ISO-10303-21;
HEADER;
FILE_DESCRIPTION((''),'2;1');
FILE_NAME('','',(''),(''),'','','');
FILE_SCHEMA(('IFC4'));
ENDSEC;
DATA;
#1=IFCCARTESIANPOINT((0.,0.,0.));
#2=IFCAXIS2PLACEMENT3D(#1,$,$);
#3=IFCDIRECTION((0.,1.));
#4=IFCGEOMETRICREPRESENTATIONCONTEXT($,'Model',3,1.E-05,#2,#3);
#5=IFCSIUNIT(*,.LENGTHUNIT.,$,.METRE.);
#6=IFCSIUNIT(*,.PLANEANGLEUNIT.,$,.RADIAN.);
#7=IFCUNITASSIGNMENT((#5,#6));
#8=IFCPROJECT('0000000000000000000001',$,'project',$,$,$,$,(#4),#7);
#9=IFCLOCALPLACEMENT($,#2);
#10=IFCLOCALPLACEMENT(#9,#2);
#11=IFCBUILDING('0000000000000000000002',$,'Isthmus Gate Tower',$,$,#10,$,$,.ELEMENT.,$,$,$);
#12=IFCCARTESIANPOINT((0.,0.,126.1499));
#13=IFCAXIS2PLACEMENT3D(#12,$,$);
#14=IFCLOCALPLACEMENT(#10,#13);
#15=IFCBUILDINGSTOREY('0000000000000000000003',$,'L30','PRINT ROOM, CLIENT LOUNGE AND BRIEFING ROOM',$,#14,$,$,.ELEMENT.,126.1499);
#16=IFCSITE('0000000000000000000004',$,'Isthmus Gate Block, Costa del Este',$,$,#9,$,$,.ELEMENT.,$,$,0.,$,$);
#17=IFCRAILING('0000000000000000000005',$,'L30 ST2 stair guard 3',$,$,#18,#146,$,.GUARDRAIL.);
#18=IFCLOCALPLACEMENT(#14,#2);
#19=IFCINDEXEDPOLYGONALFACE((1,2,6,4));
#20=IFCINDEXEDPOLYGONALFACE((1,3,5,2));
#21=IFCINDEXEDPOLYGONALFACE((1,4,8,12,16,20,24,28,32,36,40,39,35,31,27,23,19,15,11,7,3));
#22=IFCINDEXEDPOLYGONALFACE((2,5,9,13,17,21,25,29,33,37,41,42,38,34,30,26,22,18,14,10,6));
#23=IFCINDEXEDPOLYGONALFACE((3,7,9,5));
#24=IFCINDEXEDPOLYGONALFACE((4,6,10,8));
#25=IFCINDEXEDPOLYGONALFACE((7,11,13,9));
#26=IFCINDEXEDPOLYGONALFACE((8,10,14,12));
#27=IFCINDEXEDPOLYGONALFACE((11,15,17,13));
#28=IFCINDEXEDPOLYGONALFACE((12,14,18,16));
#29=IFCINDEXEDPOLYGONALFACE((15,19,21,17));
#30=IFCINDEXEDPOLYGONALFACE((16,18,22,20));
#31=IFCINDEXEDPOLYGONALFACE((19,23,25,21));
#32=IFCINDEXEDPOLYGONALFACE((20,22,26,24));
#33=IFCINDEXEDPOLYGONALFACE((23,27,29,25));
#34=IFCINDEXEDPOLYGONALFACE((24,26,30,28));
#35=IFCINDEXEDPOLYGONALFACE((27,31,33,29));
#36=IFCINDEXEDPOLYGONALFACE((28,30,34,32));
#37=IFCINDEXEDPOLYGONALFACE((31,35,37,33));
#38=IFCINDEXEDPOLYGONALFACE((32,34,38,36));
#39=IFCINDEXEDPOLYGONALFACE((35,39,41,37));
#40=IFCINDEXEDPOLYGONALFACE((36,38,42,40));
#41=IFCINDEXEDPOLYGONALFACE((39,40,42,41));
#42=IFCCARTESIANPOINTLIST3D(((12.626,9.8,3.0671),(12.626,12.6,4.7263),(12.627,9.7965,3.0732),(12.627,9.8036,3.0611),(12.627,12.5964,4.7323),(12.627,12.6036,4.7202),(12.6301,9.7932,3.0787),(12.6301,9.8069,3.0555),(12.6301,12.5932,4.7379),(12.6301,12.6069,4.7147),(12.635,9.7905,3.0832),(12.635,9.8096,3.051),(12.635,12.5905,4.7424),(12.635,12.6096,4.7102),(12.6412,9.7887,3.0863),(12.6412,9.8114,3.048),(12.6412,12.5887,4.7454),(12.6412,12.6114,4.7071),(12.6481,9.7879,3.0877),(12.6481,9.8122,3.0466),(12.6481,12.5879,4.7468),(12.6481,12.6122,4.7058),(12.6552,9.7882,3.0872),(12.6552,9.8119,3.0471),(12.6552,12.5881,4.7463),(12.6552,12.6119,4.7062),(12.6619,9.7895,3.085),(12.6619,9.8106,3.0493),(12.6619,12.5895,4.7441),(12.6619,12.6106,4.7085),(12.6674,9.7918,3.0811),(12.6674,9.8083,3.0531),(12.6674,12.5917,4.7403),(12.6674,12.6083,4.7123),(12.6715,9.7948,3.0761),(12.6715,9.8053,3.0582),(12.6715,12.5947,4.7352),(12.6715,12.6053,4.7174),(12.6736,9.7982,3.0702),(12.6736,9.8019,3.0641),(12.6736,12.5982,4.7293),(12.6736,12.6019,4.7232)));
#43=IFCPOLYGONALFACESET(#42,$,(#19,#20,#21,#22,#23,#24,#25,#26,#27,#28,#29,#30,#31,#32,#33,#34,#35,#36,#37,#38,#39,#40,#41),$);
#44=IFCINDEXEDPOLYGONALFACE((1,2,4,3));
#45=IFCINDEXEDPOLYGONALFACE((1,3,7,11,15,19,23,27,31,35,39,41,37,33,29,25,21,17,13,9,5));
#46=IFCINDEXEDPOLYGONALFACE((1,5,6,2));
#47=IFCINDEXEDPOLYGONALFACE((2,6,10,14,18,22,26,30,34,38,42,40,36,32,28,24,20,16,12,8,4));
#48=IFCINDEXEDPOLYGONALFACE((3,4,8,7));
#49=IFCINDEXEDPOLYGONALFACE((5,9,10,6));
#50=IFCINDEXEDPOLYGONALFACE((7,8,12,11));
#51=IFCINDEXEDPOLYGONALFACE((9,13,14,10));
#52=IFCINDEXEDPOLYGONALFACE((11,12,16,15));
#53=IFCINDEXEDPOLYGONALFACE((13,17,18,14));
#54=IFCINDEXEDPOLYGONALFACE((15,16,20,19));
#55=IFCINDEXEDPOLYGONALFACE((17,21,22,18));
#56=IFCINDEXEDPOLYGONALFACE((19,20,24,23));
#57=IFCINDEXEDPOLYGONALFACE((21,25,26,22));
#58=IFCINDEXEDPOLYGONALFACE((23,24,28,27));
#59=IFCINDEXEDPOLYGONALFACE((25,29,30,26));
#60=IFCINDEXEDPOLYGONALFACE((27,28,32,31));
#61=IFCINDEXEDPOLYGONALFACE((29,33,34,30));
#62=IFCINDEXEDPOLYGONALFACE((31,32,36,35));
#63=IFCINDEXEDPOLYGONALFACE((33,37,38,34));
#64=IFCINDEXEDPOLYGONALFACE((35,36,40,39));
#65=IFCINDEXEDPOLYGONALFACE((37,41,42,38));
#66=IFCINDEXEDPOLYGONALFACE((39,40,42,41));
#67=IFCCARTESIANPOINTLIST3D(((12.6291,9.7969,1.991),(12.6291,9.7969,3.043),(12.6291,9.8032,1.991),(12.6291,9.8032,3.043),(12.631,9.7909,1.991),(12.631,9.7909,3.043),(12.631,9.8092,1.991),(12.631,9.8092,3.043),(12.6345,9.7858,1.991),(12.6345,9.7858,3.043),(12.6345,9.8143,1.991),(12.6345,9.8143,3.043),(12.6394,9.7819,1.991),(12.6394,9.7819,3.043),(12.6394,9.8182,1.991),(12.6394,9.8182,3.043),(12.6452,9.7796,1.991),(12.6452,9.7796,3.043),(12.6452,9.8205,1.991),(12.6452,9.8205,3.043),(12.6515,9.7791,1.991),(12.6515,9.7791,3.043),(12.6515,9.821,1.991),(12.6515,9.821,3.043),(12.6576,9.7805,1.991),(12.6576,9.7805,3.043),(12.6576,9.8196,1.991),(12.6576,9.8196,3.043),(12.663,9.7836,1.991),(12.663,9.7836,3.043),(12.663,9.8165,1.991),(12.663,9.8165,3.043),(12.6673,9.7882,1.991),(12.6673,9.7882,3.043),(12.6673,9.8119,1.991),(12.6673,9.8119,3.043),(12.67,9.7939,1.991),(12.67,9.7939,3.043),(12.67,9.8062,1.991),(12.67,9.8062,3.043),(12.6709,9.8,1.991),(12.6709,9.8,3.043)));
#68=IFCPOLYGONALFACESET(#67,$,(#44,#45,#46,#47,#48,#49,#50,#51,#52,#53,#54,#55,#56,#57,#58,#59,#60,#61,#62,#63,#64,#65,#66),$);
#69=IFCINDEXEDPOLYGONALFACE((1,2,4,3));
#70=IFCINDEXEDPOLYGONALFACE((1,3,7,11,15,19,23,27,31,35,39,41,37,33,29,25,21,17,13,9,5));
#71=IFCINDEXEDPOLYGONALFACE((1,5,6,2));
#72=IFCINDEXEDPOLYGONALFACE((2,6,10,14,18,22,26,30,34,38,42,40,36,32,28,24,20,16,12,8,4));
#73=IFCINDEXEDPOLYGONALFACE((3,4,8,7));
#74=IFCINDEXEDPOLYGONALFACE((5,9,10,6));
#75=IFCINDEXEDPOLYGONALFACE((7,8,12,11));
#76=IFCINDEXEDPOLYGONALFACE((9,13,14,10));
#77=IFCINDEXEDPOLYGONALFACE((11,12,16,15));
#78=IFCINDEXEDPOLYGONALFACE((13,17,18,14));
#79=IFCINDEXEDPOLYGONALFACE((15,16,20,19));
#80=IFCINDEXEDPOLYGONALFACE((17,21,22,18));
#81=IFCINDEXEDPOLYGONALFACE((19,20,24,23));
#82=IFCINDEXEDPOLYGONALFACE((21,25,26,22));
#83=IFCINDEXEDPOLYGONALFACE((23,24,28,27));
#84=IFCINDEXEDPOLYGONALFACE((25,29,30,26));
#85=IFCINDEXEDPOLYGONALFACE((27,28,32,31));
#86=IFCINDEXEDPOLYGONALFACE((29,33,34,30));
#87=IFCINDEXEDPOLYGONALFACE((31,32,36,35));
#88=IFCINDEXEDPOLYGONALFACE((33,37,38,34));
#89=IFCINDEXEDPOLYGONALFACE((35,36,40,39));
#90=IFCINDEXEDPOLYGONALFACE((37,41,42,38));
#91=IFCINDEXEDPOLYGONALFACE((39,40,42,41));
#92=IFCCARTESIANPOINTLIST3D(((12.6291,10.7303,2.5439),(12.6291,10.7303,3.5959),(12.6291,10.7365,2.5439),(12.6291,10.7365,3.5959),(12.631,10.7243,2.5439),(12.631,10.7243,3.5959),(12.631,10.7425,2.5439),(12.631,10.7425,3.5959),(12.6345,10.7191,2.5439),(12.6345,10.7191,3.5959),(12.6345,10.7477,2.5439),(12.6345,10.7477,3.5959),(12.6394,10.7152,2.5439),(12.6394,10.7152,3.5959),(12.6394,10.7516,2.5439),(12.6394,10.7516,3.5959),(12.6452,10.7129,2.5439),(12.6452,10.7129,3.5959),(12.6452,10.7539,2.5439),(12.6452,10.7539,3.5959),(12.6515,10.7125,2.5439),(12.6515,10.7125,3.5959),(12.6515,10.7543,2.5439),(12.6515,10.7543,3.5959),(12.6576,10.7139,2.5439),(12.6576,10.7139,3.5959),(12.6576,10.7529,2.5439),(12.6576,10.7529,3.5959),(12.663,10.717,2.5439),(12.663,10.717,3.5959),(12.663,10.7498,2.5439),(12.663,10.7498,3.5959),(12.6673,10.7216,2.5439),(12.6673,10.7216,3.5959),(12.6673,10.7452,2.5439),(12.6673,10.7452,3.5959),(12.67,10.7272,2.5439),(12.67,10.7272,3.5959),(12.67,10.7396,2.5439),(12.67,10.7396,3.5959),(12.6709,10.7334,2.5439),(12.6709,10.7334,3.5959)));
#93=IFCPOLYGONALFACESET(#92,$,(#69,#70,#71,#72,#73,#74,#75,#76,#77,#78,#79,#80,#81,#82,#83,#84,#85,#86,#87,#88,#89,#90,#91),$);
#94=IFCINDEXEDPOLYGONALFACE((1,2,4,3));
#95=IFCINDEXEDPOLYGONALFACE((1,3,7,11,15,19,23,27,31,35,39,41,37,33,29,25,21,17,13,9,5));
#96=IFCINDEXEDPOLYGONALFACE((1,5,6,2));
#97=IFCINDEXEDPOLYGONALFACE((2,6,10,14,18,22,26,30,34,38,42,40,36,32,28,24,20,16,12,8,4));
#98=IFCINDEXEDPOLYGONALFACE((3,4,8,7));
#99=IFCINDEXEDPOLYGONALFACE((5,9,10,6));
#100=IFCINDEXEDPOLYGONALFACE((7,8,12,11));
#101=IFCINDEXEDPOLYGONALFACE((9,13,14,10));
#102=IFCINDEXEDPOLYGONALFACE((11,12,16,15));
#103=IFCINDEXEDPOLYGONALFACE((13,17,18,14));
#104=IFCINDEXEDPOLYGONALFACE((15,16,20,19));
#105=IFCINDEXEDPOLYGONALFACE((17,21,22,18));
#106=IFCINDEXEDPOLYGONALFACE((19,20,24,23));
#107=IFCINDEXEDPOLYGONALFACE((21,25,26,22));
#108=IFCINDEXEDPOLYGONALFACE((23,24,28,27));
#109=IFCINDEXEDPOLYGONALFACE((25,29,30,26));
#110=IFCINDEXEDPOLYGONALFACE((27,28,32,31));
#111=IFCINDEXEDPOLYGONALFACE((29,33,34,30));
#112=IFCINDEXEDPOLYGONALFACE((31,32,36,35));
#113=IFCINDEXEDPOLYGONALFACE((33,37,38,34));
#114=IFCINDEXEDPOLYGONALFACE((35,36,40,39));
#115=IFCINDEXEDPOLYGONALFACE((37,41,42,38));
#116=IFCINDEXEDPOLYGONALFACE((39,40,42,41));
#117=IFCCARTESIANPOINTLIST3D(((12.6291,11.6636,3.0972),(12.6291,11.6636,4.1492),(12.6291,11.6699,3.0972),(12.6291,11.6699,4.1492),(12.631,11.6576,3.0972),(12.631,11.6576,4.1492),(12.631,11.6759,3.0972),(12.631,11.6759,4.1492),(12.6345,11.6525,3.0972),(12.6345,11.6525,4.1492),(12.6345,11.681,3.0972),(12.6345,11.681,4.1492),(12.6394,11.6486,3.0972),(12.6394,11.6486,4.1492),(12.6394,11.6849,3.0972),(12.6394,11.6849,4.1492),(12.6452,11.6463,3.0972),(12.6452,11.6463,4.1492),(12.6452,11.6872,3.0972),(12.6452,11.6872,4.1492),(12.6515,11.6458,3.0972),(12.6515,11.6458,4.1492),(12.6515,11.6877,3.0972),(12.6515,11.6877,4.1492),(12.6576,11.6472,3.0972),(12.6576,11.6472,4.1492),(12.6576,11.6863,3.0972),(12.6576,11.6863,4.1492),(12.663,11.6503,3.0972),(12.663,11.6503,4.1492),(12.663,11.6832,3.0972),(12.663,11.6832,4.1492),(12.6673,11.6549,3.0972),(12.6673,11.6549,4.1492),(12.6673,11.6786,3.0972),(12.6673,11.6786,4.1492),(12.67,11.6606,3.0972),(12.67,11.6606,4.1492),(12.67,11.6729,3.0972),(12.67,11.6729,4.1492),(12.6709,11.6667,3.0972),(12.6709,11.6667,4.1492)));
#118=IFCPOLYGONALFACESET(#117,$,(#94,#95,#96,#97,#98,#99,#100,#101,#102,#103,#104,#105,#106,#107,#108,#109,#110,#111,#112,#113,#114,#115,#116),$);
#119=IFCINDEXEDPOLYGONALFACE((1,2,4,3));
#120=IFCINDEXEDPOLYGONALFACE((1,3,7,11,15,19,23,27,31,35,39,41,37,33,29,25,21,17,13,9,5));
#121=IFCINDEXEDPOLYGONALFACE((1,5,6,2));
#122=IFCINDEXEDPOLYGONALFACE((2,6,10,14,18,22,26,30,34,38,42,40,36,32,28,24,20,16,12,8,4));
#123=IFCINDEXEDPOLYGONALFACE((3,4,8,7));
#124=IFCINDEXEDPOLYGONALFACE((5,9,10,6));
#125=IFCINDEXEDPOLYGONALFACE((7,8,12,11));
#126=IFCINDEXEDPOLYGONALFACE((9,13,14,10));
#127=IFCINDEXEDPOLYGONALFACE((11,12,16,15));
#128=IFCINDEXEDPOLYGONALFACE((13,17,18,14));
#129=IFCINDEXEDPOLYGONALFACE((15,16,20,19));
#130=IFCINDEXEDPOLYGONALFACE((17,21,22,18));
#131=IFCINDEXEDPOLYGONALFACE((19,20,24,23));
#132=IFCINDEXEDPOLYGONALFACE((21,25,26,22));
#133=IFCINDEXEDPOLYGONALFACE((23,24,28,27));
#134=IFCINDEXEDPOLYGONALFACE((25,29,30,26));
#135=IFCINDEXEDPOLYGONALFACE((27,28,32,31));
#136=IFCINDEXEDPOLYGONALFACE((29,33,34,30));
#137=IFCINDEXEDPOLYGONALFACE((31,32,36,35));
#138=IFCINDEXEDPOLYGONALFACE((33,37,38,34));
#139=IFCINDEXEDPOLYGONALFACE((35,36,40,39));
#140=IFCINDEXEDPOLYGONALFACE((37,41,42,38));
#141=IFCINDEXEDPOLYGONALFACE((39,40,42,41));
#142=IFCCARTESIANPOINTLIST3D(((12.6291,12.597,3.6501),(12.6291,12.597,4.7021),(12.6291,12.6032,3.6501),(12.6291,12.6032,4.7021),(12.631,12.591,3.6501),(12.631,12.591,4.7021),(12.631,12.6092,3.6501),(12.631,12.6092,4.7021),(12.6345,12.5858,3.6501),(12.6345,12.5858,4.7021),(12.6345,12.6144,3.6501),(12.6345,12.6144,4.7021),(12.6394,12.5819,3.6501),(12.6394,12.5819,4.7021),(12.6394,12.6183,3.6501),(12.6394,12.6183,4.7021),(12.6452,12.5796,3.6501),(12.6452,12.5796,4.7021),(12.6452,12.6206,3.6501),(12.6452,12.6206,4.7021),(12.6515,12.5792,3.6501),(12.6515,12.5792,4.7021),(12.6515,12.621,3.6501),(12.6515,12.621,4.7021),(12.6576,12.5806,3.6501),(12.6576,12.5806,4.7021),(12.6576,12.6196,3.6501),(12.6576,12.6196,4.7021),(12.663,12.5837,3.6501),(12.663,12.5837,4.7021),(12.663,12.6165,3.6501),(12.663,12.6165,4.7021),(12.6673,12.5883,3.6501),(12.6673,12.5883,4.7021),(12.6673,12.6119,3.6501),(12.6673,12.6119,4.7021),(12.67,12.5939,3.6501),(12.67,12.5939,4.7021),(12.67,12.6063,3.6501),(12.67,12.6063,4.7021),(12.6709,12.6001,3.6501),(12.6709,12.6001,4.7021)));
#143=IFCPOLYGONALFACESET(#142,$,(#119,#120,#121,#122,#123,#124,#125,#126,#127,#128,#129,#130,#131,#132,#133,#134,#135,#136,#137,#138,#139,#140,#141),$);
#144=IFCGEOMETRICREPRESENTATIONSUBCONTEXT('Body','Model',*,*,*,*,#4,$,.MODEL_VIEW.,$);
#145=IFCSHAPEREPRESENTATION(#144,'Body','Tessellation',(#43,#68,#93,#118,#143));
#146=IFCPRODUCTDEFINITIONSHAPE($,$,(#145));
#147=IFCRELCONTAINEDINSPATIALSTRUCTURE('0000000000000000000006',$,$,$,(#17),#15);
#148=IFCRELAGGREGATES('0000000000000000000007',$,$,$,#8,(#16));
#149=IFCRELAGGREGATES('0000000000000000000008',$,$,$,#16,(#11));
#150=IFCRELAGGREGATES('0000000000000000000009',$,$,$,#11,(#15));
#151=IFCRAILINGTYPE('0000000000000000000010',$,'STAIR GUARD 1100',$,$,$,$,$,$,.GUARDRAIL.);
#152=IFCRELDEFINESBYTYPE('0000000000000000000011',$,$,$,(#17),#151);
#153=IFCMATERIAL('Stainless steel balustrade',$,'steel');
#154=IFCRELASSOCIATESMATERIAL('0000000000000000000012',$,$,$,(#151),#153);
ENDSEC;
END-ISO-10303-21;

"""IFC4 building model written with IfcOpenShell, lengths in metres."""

from ifc_helpers import new_model, si_unit, direction, frame, origin, origin_2d, place, context, subcontext, project, spatial, circle, extrude, material, type_object, element, save


model = new_model("IFC4")

# Units and contexts
model_context = context("Model", 3, precision=1e-05, world=origin(), true_north=direction((0.0, 1.0)))
body_context = subcontext(model_context, "Body", "Model", "MODEL_VIEW")
ifc_project = project(units=[si_unit("LENGTHUNIT", "METRE"), si_unit("PLANEANGLEUNIT", "RADIAN")], contexts=[model_context])

# Site, building, storey
site_placement = place(None, origin())
site = spatial("IfcSite", under=ifc_project, at=site_placement, Name="Isthmus Gate Block, Costa del Este", CompositionType="ELEMENT", RefElevation=0.0)
building_placement = place(site_placement, origin())
building = spatial("IfcBuilding", under=site, at=building_placement, Name="Isthmus Gate Tower", CompositionType="ELEMENT")
storey_placement = place(building_placement, frame((0.0, 0.0, 126.1499)))
storey = spatial("IfcBuildingStorey", under=building, at=storey_placement, Name="L30", Description="PRINT ROOM, CLIENT LOUNGE AND BRIEFING ROOM", CompositionType="ELEMENT", Elevation=126.1499)

# Railing
ifc_material_1 = material(Name="Stainless steel balustrade", Category="steel")
railing_type_1 = type_object("IfcRailingType", Name="STAIR GUARD 1100", PredefinedType="GUARDRAIL", material=ifc_material_1)
railing_1_placement = place(storey_placement, frame((12.6499, 9.8, 1.991)))
element("IfcRailing", 1, at=railing_1_placement, inside=storey, type_object=railing_type_1, Name="L30 ST2 stair guard 3", PredefinedType="GUARDRAIL", context=body_context, shape_type="SweptSolid", body=[
    extrude(circle(Radius=0.0239, at=origin_2d()), frame((0.0, 0.0, 1.0762), z_axis=(0.0, 0.860306, 0.509778), x_axis=(-1.0, 0.0, 0.0)), (0.0, 0.0, 1.0), 3.2546),
    extrude(circle(Radius=0.021, at=origin_2d()), origin(), (0.0, 0.0, 1.0), 1.052),
    extrude(circle(Radius=0.021, at=origin_2d()), frame((0.0, 0.9333, 0.553)), (0.0, 0.0, 1.0), 1.052),
    extrude(circle(Radius=0.021, at=origin_2d()), frame((0.0, 1.8667, 1.1062)), (0.0, 0.0, 1.0), 1.052),
    extrude(circle(Radius=0.021, at=origin_2d()), frame((0.0, 2.8, 1.6592)), (0.0, 0.0, 1.0), 1.052),
])

save(model, "model.ifc")
